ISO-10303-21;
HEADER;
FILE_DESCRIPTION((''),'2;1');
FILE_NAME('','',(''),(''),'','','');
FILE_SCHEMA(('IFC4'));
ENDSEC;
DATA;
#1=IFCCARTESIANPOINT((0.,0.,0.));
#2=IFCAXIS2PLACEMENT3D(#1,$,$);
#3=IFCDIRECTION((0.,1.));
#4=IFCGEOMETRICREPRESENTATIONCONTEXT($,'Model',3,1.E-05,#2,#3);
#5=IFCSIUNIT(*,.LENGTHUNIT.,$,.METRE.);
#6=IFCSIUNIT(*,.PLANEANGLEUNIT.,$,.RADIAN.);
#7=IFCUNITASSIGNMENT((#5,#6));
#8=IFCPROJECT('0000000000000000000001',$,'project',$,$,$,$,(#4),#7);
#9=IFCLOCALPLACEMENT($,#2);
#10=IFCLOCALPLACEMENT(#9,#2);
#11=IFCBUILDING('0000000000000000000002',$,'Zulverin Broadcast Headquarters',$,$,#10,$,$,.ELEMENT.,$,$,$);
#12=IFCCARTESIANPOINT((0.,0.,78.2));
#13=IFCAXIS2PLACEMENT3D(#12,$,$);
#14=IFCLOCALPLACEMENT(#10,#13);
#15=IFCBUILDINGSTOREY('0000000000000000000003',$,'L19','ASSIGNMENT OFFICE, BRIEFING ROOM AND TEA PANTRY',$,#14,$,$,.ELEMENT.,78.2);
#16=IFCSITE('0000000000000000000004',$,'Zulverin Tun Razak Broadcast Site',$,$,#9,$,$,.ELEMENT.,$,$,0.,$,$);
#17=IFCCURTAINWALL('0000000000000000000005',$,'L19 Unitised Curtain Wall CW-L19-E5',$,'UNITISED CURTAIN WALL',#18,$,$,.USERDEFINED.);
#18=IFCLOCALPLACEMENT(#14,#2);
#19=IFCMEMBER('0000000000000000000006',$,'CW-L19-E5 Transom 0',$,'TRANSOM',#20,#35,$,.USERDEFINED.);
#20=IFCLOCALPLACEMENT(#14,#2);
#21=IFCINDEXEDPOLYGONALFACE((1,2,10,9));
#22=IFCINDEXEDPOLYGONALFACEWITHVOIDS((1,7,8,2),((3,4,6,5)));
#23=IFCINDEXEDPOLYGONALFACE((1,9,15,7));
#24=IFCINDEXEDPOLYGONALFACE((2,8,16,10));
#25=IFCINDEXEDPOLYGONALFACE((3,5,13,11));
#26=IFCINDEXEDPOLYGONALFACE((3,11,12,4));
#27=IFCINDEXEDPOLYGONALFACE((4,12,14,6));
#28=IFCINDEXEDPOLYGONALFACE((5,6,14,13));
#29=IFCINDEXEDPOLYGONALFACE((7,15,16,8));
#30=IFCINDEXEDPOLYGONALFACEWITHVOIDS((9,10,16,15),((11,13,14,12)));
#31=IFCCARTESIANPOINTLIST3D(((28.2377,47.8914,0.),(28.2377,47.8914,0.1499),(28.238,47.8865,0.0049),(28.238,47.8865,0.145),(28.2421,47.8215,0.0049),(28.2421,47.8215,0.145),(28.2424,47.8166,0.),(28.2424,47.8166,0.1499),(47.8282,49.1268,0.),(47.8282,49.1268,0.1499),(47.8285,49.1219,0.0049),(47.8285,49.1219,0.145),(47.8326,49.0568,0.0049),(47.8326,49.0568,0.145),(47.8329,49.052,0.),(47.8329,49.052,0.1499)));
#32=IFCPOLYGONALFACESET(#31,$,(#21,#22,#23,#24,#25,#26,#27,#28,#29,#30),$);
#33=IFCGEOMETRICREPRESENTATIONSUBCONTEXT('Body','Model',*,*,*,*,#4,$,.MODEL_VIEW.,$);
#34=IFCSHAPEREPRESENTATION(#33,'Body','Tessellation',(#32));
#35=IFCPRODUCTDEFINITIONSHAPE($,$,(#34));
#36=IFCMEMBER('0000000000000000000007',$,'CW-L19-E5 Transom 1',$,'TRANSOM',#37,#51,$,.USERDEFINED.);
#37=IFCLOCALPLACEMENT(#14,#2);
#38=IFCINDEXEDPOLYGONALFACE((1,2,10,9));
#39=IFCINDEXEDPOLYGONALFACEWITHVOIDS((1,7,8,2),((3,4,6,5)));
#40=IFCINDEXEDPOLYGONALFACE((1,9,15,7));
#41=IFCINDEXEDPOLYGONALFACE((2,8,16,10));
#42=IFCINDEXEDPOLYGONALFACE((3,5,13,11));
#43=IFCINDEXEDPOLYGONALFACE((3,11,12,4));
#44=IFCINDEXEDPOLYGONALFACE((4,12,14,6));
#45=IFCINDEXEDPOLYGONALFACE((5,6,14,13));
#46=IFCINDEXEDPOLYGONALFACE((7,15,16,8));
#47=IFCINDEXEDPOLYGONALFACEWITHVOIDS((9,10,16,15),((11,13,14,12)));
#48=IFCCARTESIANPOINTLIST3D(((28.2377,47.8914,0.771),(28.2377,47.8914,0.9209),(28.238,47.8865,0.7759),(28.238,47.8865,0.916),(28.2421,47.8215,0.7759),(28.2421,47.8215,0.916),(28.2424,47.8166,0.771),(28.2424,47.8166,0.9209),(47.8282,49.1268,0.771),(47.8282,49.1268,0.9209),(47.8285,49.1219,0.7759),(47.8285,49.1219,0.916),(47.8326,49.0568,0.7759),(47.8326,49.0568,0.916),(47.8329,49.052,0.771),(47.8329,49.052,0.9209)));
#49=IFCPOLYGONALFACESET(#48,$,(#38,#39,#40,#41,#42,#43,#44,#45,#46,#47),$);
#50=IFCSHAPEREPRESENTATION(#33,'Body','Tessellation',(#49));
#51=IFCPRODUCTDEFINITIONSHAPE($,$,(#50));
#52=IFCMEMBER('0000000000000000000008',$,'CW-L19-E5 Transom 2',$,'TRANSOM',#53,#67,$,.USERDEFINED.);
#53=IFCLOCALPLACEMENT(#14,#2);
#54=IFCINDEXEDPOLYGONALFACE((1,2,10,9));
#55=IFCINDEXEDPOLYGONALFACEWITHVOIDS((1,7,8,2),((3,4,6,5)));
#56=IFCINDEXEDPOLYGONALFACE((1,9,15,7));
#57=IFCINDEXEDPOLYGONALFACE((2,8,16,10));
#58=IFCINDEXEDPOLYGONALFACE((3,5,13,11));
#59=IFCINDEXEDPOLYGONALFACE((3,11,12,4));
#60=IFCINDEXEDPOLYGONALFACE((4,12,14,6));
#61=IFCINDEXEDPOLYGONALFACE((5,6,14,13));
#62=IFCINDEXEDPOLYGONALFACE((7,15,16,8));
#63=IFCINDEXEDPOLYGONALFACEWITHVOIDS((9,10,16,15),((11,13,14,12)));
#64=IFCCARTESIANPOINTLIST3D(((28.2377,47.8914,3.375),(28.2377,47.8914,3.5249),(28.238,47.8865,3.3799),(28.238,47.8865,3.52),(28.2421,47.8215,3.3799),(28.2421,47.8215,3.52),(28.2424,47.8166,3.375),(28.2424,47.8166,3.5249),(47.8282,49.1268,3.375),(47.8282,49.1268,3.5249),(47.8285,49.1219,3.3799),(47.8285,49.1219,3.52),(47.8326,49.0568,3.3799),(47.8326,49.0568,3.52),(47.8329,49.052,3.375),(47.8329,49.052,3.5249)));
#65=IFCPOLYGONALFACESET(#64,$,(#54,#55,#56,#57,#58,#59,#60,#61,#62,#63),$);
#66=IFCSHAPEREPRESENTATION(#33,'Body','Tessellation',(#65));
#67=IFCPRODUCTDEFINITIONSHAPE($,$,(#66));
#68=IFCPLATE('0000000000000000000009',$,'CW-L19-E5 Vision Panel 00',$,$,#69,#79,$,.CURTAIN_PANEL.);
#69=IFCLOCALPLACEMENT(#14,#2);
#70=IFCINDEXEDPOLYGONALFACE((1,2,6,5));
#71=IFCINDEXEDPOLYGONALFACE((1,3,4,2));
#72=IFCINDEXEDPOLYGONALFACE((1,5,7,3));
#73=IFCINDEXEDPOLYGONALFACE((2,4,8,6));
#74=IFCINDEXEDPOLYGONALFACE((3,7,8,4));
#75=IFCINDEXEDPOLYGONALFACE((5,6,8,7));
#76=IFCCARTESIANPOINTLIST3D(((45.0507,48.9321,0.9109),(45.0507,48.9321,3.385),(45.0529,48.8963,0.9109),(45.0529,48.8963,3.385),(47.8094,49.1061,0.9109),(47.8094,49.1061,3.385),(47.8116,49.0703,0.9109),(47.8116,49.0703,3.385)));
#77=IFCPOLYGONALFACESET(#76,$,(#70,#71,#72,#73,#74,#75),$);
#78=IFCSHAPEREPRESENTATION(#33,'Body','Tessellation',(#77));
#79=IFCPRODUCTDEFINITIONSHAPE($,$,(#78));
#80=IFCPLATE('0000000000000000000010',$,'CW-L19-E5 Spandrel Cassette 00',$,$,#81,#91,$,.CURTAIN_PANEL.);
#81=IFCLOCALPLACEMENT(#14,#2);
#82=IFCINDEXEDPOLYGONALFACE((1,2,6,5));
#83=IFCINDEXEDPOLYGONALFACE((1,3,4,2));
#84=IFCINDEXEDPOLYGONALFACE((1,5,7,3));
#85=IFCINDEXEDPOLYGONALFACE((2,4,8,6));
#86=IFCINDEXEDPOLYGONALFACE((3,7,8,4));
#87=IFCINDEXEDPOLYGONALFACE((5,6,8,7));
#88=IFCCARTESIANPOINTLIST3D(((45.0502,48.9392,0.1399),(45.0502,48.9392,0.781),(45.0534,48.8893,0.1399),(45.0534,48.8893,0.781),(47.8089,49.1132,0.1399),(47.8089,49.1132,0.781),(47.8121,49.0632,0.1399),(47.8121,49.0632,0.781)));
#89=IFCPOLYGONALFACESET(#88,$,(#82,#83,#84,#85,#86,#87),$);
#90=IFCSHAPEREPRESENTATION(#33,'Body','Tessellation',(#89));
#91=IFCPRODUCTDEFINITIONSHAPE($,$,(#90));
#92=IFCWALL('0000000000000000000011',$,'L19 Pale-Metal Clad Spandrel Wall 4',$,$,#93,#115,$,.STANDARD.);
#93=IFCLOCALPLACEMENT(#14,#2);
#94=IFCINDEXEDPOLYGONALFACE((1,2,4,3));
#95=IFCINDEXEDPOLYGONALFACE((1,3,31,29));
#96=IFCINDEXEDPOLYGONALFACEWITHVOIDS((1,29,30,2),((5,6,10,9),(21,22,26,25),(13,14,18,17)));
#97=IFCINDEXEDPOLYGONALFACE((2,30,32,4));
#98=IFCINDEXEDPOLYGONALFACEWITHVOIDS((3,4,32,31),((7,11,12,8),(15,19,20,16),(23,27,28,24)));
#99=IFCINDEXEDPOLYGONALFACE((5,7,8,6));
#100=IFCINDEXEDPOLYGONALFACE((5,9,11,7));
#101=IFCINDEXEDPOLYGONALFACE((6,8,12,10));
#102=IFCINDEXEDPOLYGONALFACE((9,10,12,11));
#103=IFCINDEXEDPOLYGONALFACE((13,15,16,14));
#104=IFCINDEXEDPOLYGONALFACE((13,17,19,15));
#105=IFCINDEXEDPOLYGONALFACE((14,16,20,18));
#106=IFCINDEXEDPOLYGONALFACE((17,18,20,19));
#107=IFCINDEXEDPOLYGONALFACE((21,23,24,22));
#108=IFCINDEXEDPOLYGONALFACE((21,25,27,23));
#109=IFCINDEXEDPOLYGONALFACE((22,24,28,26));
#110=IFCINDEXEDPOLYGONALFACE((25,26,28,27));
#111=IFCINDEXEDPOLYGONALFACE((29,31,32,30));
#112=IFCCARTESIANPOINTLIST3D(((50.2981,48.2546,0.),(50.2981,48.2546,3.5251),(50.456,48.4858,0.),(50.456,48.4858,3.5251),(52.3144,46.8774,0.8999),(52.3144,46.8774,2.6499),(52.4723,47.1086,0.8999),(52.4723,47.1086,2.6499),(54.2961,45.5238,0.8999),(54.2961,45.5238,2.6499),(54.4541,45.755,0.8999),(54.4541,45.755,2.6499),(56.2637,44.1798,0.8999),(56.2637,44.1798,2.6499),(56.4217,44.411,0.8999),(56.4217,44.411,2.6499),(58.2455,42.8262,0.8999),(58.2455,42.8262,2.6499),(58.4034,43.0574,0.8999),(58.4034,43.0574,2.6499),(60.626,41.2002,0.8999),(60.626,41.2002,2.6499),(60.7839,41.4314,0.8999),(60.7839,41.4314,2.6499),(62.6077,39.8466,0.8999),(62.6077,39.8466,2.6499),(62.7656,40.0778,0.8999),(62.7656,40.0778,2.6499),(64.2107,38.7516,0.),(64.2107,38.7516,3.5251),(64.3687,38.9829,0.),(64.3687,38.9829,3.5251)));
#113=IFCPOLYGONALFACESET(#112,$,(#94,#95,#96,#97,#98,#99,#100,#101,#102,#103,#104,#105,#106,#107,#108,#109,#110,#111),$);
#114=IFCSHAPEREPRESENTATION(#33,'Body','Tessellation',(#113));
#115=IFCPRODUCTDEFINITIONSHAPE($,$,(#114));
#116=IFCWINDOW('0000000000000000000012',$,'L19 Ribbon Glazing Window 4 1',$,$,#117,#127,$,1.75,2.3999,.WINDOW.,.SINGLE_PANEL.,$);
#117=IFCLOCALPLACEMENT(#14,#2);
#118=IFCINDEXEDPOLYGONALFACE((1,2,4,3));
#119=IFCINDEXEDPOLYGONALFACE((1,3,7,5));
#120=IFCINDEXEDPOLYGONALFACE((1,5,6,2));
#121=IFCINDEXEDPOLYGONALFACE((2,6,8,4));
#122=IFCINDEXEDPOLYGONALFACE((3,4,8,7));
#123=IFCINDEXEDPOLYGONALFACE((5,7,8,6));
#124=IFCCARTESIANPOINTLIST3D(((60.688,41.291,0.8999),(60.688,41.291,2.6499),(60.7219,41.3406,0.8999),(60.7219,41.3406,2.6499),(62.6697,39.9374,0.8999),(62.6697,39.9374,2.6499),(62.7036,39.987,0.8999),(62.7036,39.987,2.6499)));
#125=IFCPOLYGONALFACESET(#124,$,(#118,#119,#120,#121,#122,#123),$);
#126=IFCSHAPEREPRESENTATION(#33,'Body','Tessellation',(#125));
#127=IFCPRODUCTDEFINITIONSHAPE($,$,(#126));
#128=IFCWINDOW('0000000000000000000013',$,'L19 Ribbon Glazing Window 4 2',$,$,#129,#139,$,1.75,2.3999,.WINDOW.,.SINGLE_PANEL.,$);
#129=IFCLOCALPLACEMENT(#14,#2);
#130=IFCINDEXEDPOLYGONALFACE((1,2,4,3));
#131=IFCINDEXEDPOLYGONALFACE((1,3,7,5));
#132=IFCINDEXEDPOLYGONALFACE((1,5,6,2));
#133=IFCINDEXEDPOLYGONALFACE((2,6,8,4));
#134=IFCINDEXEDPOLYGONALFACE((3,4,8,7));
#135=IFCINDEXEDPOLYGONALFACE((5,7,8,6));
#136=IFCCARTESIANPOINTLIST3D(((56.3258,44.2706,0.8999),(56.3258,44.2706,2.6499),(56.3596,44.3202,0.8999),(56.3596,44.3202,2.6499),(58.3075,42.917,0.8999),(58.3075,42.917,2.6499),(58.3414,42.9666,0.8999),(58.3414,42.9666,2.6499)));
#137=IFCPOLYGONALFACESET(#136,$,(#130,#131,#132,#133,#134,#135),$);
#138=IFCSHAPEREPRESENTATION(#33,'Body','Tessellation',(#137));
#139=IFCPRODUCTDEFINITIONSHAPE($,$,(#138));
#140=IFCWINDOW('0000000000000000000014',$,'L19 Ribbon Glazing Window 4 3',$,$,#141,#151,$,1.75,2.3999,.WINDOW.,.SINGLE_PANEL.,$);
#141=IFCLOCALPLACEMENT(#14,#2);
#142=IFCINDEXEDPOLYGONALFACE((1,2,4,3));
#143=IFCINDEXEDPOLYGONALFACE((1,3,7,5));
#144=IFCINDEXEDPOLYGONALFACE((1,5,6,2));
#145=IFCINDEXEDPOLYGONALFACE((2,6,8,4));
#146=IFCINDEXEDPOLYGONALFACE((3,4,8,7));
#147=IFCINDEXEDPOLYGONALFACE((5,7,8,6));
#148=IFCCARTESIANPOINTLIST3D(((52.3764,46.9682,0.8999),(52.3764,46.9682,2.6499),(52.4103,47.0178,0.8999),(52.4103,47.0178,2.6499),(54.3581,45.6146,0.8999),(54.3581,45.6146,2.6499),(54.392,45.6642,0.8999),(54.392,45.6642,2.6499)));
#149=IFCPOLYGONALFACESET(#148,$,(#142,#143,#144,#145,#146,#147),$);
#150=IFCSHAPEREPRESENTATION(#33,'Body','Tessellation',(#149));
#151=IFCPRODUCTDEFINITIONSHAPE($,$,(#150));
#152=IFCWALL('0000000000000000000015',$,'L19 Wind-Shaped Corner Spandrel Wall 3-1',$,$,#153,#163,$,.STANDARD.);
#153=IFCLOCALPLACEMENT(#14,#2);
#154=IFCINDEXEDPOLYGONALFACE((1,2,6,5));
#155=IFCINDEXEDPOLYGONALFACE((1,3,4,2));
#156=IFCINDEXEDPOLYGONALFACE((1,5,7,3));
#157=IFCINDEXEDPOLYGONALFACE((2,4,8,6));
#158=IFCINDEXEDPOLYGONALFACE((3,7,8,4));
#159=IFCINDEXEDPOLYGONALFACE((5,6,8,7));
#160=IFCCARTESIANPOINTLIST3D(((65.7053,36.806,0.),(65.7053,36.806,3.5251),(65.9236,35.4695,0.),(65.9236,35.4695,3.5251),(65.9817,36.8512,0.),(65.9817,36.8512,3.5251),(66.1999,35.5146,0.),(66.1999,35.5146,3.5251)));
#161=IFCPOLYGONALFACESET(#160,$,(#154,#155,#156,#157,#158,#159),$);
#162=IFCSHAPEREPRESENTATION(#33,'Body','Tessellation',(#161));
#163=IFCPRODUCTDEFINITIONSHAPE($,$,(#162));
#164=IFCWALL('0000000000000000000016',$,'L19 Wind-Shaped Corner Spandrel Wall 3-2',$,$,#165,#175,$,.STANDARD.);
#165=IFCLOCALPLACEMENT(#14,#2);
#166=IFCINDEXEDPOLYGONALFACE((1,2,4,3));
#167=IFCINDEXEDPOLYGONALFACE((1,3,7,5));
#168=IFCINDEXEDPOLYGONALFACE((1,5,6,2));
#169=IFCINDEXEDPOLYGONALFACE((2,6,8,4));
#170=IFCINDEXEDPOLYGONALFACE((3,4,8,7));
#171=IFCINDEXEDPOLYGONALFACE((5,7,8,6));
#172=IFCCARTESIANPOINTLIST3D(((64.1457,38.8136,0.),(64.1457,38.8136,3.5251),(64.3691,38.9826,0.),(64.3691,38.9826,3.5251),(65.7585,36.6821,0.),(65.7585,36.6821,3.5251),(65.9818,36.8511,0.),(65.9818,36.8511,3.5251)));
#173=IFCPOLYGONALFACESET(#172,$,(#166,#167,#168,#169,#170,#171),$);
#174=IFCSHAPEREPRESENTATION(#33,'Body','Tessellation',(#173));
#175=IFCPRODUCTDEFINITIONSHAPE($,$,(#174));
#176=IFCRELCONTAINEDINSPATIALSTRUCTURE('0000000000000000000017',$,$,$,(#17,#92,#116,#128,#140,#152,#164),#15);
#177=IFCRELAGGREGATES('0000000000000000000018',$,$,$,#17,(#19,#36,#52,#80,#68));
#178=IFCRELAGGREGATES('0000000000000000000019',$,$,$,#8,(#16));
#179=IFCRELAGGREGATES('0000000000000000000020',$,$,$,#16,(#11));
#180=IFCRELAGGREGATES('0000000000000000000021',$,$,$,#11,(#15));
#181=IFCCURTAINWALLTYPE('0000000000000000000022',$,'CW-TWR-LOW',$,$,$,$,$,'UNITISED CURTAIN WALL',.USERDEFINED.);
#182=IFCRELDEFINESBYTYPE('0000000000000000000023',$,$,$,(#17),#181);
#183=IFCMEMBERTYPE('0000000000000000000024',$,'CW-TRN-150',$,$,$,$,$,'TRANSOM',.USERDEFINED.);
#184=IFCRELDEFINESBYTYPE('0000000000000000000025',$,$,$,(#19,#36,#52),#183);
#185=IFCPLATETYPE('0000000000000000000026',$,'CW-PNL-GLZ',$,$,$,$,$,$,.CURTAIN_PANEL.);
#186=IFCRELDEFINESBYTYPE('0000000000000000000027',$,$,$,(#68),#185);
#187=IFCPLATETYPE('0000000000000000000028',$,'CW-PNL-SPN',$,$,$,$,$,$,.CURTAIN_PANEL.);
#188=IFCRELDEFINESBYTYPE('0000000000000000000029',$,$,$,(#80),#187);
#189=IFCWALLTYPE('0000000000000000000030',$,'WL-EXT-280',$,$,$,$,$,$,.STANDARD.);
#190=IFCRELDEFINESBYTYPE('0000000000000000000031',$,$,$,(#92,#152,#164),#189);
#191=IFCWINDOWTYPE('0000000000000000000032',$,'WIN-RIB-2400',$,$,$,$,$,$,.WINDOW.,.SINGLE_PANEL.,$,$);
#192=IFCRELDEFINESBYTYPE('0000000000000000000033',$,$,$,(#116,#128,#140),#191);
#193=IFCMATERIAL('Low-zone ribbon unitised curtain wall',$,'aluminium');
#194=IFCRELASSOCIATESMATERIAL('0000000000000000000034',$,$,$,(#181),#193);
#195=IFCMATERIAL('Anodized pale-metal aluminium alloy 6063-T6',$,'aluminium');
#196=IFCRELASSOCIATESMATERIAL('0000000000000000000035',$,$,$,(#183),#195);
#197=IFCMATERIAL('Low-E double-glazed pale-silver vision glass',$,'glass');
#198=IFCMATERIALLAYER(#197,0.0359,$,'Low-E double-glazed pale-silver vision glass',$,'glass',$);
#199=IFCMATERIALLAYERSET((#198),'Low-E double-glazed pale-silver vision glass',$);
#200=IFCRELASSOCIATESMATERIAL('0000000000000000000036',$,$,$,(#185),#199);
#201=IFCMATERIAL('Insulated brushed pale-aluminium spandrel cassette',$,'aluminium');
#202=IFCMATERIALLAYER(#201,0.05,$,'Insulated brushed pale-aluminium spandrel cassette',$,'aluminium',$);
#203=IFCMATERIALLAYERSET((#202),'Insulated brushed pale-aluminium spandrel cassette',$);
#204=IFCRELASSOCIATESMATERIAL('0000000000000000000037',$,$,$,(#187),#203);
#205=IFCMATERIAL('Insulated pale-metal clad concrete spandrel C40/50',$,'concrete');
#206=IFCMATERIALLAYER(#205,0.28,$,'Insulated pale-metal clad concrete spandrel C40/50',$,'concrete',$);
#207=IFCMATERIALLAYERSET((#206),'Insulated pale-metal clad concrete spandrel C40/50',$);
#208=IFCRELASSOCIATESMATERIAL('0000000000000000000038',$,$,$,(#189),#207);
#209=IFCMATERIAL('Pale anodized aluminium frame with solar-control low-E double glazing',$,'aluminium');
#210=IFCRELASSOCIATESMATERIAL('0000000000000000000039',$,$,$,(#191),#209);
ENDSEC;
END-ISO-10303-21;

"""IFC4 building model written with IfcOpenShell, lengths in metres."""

from ifc_helpers import new_model, si_unit, direction, frame, frame_2d, origin, origin_2d, place, context, subcontext, project, spatial, rectangle, hollow_rectangle, extrude, material, layer, layer_set, material_profile, profile_set, type_object, element, fill, aggregate, save


model = new_model("IFC4")

# Units and contexts
model_context = context("Model", 3, precision=1e-05, world=origin(), true_north=direction((0.0, 1.0)))
body_context = subcontext(model_context, "Body", "Model", "MODEL_VIEW")
ifc_project = project(units=[si_unit("LENGTHUNIT", "METRE"), si_unit("PLANEANGLEUNIT", "RADIAN")], contexts=[model_context])

# Site, building, storey
site_placement = place(None, origin())
site = spatial("IfcSite", under=ifc_project, at=site_placement, Name="Zulverin Tun Razak Broadcast Site", CompositionType="ELEMENT", RefElevation=0.0)
building_placement = place(site_placement, origin())
building = spatial("IfcBuilding", under=site, at=building_placement, Name="Zulverin Broadcast Headquarters", CompositionType="ELEMENT")
storey_placement = place(building_placement, frame((0.0, 0.0, 78.2)))
storey = spatial("IfcBuildingStorey", under=building, at=storey_placement, Name="L19", Description="ASSIGNMENT OFFICE, BRIEFING ROOM AND TEA PANTRY", CompositionType="ELEMENT", Elevation=78.2)

# Curtain wall, members, plates
ifc_material_1 = material(Name="Low-zone ribbon unitised curtain wall", Category="aluminium")
curtain_wall_type = type_object("IfcCurtainWallType", Name="CW-TWR-LOW", ElementType="UNITISED CURTAIN WALL", PredefinedType="USERDEFINED", material=ifc_material_1)
curtain_wall_placement = place(storey_placement, origin())
curtain_wall = element("IfcCurtainWall", 1, at=curtain_wall_placement, inside=storey, type_object=curtain_wall_type, Name="L19 Unitised Curtain Wall CW-L19-E5", ObjectType="UNITISED CURTAIN WALL", PredefinedType="USERDEFINED")
ifc_material_2 = material(Name="Anodized pale-metal aluminium alloy 6063-T6", Category="aluminium")
ifc_material_profile_1 = material_profile(ifc_material_2, hollow_rectangle(XDim=0.075, YDim=0.1499, WallThickness=0.0049, at=origin_2d()), Name="Anodized pale-metal aluminium alloy 6063-T6", Category="aluminium")
ifc_profile_set_1 = profile_set([ifc_material_profile_1], Name="Anodized pale-metal aluminium alloy 6063-T6")
member_type_1 = type_object("IfcMemberType", Name="CW-TRN-150", ElementType="TRANSOM", PredefinedType="USERDEFINED", material=ifc_profile_set_1)
member_1_placement = place(storey_placement, frame((47.8306, 49.0894, 0.075), z_axis=(-0.998018, -0.062933, 0.0), x_axis=(0.062933, -0.998018, 0.0)))
member_1 = element("IfcMember", 2, at=member_1_placement, type_object=member_type_1, Name="CW-L19-E5 Transom 0", ObjectType="TRANSOM", PredefinedType="USERDEFINED", context=body_context, shape_type="SweptSolid", body=[
    extrude(hollow_rectangle(XDim=0.075, YDim=0.1499, WallThickness=0.0049, at=origin_2d()), origin(), (0.0, 0.0, 1.0), 19.6294),
])
member_2_placement = place(storey_placement, frame((47.8306, 49.0894, 0.8459), z_axis=(-0.998018, -0.062933, 0.0), x_axis=(0.062933, -0.998018, 0.0)))
member_2 = element("IfcMember", 3, at=member_2_placement, type_object=member_type_1, Name="CW-L19-E5 Transom 1", ObjectType="TRANSOM", PredefinedType="USERDEFINED", context=body_context, shape_type="SweptSolid", body=[
    extrude(hollow_rectangle(XDim=0.075, YDim=0.1499, WallThickness=0.0049, at=origin_2d()), origin(), (0.0, 0.0, 1.0), 19.6294),
])
member_3_placement = place(storey_placement, frame((47.8306, 49.0894, 3.45), z_axis=(-0.998018, -0.062933, 0.0), x_axis=(0.062933, -0.998018, 0.0)))
member_3 = element("IfcMember", 4, at=member_3_placement, type_object=member_type_1, Name="CW-L19-E5 Transom 2", ObjectType="TRANSOM", PredefinedType="USERDEFINED", context=body_context, shape_type="SweptSolid", body=[
    extrude(hollow_rectangle(XDim=0.075, YDim=0.1499, WallThickness=0.0049, at=origin_2d()), origin(), (0.0, 0.0, 1.0), 19.6294),
])
ifc_material_3 = material(Name="Low-E double-glazed pale-silver vision glass", Category="glass")
ifc_layer_1 = layer(ifc_material_3, 0.0359, Name="Low-E double-glazed pale-silver vision glass", Category="glass")
ifc_layer_set_1 = layer_set([ifc_layer_1], Name="Low-E double-glazed pale-silver vision glass")
plate_type_1 = type_object("IfcPlateType", Name="CW-PNL-GLZ", PredefinedType="CURTAIN_PANEL", material=ifc_layer_set_1)
plate_1_placement = place(storey_placement, frame((46.4312, 49.0012, 0.9109), z_axis=(0.0, 0.0, 1.0), x_axis=(-0.998018, -0.062935, 0.0)))
plate_1 = element("IfcPlate", 5, at=plate_1_placement, type_object=plate_type_1, Name="CW-L19-E5 Vision Panel 00", PredefinedType="CURTAIN_PANEL", context=body_context, shape_type="SweptSolid", body=[
    extrude(rectangle(XDim=2.7642, YDim=0.0359, at=origin_2d()), origin(), (0.0, 0.0, 1.0), 2.4741),
])
ifc_material_4 = material(Name="Insulated brushed pale-aluminium spandrel cassette", Category="aluminium")
ifc_layer_2 = layer(ifc_material_4, 0.05, Name="Insulated brushed pale-aluminium spandrel cassette", Category="aluminium")
ifc_layer_set_2 = layer_set([ifc_layer_2], Name="Insulated brushed pale-aluminium spandrel cassette")
plate_type_2 = type_object("IfcPlateType", Name="CW-PNL-SPN", PredefinedType="CURTAIN_PANEL", material=ifc_layer_set_2)
plate_2_placement = place(storey_placement, frame((46.4312, 49.0012, 0.1399), z_axis=(0.0, 0.0, 1.0), x_axis=(-0.998018, -0.062935, 0.0)))
plate_2 = element("IfcPlate", 6, at=plate_2_placement, type_object=plate_type_2, Name="CW-L19-E5 Spandrel Cassette 00", PredefinedType="CURTAIN_PANEL", context=body_context, shape_type="SweptSolid", body=[
    extrude(rectangle(XDim=2.7642, YDim=0.05, at=origin_2d()), origin(), (0.0, 0.0, 1.0), 0.6411),
])
aggregate(curtain_wall, [member_1, member_2, member_3, plate_2, plate_1])

# Wall, openings, windows
ifc_material_5 = material(Name="Insulated pale-metal clad concrete spandrel C40/50", Category="concrete")
ifc_layer_3 = layer(ifc_material_5, 0.28, Name="Insulated pale-metal clad concrete spandrel C40/50", Category="concrete")
ifc_layer_set_3 = layer_set([ifc_layer_3], Name="Insulated pale-metal clad concrete spandrel C40/50")
wall_type = type_object("IfcWallType", Name="WL-EXT-280", PredefinedType="STANDARD", material=ifc_layer_set_3)
wall_1_placement = place(storey_placement, frame((64.2898, 38.8672, 0.0), z_axis=(0.0, 0.0, 1.0), x_axis=(-0.825756, 0.564028, 0.0)))
wall_1 = element("IfcWall", 7, at=wall_1_placement, inside=storey, type_object=wall_type, Name="L19 Pale-Metal Clad Spandrel Wall 4", PredefinedType="STANDARD", context=body_context, shape_type="SweptSolid", body=[
    extrude(rectangle(XDim=16.8484, YDim=0.28, at=frame_2d((8.4243, 0.0))), origin(), (0.0, 0.0, 1.0), 3.5251),
])
opening_1_placement = place(wall_1_placement, frame((1.9414, 0.0, 0.8999)))
opening_1 = element("IfcOpeningElement", 8, at=opening_1_placement, cuts=wall_1, PredefinedType="OPENING", context=body_context, shape_type="SweptSolid", body=[
    extrude(rectangle(XDim=2.3999, YDim=1.75, at=frame_2d((1.2, 0.875))), frame((0.0, 0.1499, 0.0), z_axis=(0.0, -1.0, 0.0), x_axis=(1.0, 0.0, 0.0)), (0.0, 0.0, 1.0), 0.3),
])
opening_2_placement = place(wall_1_placement, frame((7.2241, 0.0, 0.8999)))
opening_2 = element("IfcOpeningElement", 9, at=opening_2_placement, cuts=wall_1, PredefinedType="OPENING", context=body_context, shape_type="SweptSolid", body=[
    extrude(rectangle(XDim=2.3999, YDim=1.75, at=frame_2d((1.2, 0.875))), frame((0.0, 0.1499, 0.0), z_axis=(0.0, -1.0, 0.0), x_axis=(1.0, 0.0, 0.0)), (0.0, 0.0, 1.0), 0.3),
])
opening_3_placement = place(wall_1_placement, frame((12.0068, 0.0, 0.8999)))
opening_3 = element("IfcOpeningElement", 10, at=opening_3_placement, cuts=wall_1, PredefinedType="OPENING", context=body_context, shape_type="SweptSolid", body=[
    extrude(rectangle(XDim=2.3999, YDim=1.75, at=frame_2d((1.2, 0.875))), frame((0.0, 0.1499, 0.0), z_axis=(0.0, -1.0, 0.0), x_axis=(1.0, 0.0, 0.0)), (0.0, 0.0, 1.0), 0.3),
])
ifc_material_6 = material(Name="Pale anodized aluminium frame with solar-control low-E double glazing", Category="aluminium")
window_type = type_object("IfcWindowType", Name="WIN-RIB-2400", PartitioningType="SINGLE_PANEL", PredefinedType="WINDOW", material=ifc_material_6)
window_1_placement = place(opening_1_placement, origin())
window_1 = element("IfcWindow", 11, at=window_1_placement, inside=storey, type_object=window_type, Name="L19 Ribbon Glazing Window 4 1", OverallHeight=1.75, OverallWidth=2.3999, PartitioningType="SINGLE_PANEL", PredefinedType="WINDOW", context=body_context, shape_type="SweptSolid", body=[
    extrude(rectangle(XDim=2.3999, YDim=1.75, at=frame_2d((1.2, 0.875))), frame((0.0, 0.03, 0.0), z_axis=(0.0, -1.0, 0.0), x_axis=(1.0, 0.0, 0.0)), (0.0, 0.0, 1.0), 0.0601),
])
fill(opening_1, window_1)
window_2_placement = place(opening_2_placement, origin())
window_2 = element("IfcWindow", 12, at=window_2_placement, inside=storey, type_object=window_type, Name="L19 Ribbon Glazing Window 4 2", OverallHeight=1.75, OverallWidth=2.3999, PartitioningType="SINGLE_PANEL", PredefinedType="WINDOW", context=body_context, shape_type="SweptSolid", body=[
    extrude(rectangle(XDim=2.3999, YDim=1.75, at=frame_2d((1.2, 0.875))), frame((0.0, 0.03, 0.0), z_axis=(0.0, -1.0, 0.0), x_axis=(1.0, 0.0, 0.0)), (0.0, 0.0, 1.0), 0.0601),
])
fill(opening_2, window_2)
window_3_placement = place(opening_3_placement, origin())
window_3 = element("IfcWindow", 13, at=window_3_placement, inside=storey, type_object=window_type, Name="L19 Ribbon Glazing Window 4 3", OverallHeight=1.75, OverallWidth=2.3999, PartitioningType="SINGLE_PANEL", PredefinedType="WINDOW", context=body_context, shape_type="SweptSolid", body=[
    extrude(rectangle(XDim=2.3999, YDim=1.75, at=frame_2d((1.2, 0.875))), frame((0.0, 0.03, 0.0), z_axis=(0.0, -1.0, 0.0), x_axis=(1.0, 0.0, 0.0)), (0.0, 0.0, 1.0), 0.0601),
])
fill(opening_3, window_3)

# Walls
wall_2_placement = place(storey_placement, frame((66.0618, 35.4919, 0.0), z_axis=(0.0, 0.0, 1.0), x_axis=(-0.161182, 0.986925, 0.0)))
element("IfcWall", 14, at=wall_2_placement, inside=storey, type_object=wall_type, Name="L19 Wind-Shaped Corner Spandrel Wall 3-1", PredefinedType="STANDARD", context=body_context, shape_type="SweptSolid", body=[
    extrude(rectangle(XDim=1.3542, YDim=0.28, at=frame_2d((0.6772, 0.0))), origin(), (0.0, 0.0, 1.0), 3.5251),
])
wall_3_placement = place(storey_placement, frame((65.8701, 36.7666, 0.0), z_axis=(0.0, 0.0, 1.0), x_axis=(-0.60337, 0.797461, 0.0)))
element("IfcWall", 15, at=wall_3_placement, inside=storey, type_object=wall_type, Name="L19 Wind-Shaped Corner Spandrel Wall 3-2", PredefinedType="STANDARD", context=body_context, shape_type="SweptSolid", body=[
    extrude(rectangle(XDim=2.6729, YDim=0.28, at=frame_2d((1.3364, 0.0))), origin(), (0.0, 0.0, 1.0), 3.5251),
])

save(model, "model.ifc")
